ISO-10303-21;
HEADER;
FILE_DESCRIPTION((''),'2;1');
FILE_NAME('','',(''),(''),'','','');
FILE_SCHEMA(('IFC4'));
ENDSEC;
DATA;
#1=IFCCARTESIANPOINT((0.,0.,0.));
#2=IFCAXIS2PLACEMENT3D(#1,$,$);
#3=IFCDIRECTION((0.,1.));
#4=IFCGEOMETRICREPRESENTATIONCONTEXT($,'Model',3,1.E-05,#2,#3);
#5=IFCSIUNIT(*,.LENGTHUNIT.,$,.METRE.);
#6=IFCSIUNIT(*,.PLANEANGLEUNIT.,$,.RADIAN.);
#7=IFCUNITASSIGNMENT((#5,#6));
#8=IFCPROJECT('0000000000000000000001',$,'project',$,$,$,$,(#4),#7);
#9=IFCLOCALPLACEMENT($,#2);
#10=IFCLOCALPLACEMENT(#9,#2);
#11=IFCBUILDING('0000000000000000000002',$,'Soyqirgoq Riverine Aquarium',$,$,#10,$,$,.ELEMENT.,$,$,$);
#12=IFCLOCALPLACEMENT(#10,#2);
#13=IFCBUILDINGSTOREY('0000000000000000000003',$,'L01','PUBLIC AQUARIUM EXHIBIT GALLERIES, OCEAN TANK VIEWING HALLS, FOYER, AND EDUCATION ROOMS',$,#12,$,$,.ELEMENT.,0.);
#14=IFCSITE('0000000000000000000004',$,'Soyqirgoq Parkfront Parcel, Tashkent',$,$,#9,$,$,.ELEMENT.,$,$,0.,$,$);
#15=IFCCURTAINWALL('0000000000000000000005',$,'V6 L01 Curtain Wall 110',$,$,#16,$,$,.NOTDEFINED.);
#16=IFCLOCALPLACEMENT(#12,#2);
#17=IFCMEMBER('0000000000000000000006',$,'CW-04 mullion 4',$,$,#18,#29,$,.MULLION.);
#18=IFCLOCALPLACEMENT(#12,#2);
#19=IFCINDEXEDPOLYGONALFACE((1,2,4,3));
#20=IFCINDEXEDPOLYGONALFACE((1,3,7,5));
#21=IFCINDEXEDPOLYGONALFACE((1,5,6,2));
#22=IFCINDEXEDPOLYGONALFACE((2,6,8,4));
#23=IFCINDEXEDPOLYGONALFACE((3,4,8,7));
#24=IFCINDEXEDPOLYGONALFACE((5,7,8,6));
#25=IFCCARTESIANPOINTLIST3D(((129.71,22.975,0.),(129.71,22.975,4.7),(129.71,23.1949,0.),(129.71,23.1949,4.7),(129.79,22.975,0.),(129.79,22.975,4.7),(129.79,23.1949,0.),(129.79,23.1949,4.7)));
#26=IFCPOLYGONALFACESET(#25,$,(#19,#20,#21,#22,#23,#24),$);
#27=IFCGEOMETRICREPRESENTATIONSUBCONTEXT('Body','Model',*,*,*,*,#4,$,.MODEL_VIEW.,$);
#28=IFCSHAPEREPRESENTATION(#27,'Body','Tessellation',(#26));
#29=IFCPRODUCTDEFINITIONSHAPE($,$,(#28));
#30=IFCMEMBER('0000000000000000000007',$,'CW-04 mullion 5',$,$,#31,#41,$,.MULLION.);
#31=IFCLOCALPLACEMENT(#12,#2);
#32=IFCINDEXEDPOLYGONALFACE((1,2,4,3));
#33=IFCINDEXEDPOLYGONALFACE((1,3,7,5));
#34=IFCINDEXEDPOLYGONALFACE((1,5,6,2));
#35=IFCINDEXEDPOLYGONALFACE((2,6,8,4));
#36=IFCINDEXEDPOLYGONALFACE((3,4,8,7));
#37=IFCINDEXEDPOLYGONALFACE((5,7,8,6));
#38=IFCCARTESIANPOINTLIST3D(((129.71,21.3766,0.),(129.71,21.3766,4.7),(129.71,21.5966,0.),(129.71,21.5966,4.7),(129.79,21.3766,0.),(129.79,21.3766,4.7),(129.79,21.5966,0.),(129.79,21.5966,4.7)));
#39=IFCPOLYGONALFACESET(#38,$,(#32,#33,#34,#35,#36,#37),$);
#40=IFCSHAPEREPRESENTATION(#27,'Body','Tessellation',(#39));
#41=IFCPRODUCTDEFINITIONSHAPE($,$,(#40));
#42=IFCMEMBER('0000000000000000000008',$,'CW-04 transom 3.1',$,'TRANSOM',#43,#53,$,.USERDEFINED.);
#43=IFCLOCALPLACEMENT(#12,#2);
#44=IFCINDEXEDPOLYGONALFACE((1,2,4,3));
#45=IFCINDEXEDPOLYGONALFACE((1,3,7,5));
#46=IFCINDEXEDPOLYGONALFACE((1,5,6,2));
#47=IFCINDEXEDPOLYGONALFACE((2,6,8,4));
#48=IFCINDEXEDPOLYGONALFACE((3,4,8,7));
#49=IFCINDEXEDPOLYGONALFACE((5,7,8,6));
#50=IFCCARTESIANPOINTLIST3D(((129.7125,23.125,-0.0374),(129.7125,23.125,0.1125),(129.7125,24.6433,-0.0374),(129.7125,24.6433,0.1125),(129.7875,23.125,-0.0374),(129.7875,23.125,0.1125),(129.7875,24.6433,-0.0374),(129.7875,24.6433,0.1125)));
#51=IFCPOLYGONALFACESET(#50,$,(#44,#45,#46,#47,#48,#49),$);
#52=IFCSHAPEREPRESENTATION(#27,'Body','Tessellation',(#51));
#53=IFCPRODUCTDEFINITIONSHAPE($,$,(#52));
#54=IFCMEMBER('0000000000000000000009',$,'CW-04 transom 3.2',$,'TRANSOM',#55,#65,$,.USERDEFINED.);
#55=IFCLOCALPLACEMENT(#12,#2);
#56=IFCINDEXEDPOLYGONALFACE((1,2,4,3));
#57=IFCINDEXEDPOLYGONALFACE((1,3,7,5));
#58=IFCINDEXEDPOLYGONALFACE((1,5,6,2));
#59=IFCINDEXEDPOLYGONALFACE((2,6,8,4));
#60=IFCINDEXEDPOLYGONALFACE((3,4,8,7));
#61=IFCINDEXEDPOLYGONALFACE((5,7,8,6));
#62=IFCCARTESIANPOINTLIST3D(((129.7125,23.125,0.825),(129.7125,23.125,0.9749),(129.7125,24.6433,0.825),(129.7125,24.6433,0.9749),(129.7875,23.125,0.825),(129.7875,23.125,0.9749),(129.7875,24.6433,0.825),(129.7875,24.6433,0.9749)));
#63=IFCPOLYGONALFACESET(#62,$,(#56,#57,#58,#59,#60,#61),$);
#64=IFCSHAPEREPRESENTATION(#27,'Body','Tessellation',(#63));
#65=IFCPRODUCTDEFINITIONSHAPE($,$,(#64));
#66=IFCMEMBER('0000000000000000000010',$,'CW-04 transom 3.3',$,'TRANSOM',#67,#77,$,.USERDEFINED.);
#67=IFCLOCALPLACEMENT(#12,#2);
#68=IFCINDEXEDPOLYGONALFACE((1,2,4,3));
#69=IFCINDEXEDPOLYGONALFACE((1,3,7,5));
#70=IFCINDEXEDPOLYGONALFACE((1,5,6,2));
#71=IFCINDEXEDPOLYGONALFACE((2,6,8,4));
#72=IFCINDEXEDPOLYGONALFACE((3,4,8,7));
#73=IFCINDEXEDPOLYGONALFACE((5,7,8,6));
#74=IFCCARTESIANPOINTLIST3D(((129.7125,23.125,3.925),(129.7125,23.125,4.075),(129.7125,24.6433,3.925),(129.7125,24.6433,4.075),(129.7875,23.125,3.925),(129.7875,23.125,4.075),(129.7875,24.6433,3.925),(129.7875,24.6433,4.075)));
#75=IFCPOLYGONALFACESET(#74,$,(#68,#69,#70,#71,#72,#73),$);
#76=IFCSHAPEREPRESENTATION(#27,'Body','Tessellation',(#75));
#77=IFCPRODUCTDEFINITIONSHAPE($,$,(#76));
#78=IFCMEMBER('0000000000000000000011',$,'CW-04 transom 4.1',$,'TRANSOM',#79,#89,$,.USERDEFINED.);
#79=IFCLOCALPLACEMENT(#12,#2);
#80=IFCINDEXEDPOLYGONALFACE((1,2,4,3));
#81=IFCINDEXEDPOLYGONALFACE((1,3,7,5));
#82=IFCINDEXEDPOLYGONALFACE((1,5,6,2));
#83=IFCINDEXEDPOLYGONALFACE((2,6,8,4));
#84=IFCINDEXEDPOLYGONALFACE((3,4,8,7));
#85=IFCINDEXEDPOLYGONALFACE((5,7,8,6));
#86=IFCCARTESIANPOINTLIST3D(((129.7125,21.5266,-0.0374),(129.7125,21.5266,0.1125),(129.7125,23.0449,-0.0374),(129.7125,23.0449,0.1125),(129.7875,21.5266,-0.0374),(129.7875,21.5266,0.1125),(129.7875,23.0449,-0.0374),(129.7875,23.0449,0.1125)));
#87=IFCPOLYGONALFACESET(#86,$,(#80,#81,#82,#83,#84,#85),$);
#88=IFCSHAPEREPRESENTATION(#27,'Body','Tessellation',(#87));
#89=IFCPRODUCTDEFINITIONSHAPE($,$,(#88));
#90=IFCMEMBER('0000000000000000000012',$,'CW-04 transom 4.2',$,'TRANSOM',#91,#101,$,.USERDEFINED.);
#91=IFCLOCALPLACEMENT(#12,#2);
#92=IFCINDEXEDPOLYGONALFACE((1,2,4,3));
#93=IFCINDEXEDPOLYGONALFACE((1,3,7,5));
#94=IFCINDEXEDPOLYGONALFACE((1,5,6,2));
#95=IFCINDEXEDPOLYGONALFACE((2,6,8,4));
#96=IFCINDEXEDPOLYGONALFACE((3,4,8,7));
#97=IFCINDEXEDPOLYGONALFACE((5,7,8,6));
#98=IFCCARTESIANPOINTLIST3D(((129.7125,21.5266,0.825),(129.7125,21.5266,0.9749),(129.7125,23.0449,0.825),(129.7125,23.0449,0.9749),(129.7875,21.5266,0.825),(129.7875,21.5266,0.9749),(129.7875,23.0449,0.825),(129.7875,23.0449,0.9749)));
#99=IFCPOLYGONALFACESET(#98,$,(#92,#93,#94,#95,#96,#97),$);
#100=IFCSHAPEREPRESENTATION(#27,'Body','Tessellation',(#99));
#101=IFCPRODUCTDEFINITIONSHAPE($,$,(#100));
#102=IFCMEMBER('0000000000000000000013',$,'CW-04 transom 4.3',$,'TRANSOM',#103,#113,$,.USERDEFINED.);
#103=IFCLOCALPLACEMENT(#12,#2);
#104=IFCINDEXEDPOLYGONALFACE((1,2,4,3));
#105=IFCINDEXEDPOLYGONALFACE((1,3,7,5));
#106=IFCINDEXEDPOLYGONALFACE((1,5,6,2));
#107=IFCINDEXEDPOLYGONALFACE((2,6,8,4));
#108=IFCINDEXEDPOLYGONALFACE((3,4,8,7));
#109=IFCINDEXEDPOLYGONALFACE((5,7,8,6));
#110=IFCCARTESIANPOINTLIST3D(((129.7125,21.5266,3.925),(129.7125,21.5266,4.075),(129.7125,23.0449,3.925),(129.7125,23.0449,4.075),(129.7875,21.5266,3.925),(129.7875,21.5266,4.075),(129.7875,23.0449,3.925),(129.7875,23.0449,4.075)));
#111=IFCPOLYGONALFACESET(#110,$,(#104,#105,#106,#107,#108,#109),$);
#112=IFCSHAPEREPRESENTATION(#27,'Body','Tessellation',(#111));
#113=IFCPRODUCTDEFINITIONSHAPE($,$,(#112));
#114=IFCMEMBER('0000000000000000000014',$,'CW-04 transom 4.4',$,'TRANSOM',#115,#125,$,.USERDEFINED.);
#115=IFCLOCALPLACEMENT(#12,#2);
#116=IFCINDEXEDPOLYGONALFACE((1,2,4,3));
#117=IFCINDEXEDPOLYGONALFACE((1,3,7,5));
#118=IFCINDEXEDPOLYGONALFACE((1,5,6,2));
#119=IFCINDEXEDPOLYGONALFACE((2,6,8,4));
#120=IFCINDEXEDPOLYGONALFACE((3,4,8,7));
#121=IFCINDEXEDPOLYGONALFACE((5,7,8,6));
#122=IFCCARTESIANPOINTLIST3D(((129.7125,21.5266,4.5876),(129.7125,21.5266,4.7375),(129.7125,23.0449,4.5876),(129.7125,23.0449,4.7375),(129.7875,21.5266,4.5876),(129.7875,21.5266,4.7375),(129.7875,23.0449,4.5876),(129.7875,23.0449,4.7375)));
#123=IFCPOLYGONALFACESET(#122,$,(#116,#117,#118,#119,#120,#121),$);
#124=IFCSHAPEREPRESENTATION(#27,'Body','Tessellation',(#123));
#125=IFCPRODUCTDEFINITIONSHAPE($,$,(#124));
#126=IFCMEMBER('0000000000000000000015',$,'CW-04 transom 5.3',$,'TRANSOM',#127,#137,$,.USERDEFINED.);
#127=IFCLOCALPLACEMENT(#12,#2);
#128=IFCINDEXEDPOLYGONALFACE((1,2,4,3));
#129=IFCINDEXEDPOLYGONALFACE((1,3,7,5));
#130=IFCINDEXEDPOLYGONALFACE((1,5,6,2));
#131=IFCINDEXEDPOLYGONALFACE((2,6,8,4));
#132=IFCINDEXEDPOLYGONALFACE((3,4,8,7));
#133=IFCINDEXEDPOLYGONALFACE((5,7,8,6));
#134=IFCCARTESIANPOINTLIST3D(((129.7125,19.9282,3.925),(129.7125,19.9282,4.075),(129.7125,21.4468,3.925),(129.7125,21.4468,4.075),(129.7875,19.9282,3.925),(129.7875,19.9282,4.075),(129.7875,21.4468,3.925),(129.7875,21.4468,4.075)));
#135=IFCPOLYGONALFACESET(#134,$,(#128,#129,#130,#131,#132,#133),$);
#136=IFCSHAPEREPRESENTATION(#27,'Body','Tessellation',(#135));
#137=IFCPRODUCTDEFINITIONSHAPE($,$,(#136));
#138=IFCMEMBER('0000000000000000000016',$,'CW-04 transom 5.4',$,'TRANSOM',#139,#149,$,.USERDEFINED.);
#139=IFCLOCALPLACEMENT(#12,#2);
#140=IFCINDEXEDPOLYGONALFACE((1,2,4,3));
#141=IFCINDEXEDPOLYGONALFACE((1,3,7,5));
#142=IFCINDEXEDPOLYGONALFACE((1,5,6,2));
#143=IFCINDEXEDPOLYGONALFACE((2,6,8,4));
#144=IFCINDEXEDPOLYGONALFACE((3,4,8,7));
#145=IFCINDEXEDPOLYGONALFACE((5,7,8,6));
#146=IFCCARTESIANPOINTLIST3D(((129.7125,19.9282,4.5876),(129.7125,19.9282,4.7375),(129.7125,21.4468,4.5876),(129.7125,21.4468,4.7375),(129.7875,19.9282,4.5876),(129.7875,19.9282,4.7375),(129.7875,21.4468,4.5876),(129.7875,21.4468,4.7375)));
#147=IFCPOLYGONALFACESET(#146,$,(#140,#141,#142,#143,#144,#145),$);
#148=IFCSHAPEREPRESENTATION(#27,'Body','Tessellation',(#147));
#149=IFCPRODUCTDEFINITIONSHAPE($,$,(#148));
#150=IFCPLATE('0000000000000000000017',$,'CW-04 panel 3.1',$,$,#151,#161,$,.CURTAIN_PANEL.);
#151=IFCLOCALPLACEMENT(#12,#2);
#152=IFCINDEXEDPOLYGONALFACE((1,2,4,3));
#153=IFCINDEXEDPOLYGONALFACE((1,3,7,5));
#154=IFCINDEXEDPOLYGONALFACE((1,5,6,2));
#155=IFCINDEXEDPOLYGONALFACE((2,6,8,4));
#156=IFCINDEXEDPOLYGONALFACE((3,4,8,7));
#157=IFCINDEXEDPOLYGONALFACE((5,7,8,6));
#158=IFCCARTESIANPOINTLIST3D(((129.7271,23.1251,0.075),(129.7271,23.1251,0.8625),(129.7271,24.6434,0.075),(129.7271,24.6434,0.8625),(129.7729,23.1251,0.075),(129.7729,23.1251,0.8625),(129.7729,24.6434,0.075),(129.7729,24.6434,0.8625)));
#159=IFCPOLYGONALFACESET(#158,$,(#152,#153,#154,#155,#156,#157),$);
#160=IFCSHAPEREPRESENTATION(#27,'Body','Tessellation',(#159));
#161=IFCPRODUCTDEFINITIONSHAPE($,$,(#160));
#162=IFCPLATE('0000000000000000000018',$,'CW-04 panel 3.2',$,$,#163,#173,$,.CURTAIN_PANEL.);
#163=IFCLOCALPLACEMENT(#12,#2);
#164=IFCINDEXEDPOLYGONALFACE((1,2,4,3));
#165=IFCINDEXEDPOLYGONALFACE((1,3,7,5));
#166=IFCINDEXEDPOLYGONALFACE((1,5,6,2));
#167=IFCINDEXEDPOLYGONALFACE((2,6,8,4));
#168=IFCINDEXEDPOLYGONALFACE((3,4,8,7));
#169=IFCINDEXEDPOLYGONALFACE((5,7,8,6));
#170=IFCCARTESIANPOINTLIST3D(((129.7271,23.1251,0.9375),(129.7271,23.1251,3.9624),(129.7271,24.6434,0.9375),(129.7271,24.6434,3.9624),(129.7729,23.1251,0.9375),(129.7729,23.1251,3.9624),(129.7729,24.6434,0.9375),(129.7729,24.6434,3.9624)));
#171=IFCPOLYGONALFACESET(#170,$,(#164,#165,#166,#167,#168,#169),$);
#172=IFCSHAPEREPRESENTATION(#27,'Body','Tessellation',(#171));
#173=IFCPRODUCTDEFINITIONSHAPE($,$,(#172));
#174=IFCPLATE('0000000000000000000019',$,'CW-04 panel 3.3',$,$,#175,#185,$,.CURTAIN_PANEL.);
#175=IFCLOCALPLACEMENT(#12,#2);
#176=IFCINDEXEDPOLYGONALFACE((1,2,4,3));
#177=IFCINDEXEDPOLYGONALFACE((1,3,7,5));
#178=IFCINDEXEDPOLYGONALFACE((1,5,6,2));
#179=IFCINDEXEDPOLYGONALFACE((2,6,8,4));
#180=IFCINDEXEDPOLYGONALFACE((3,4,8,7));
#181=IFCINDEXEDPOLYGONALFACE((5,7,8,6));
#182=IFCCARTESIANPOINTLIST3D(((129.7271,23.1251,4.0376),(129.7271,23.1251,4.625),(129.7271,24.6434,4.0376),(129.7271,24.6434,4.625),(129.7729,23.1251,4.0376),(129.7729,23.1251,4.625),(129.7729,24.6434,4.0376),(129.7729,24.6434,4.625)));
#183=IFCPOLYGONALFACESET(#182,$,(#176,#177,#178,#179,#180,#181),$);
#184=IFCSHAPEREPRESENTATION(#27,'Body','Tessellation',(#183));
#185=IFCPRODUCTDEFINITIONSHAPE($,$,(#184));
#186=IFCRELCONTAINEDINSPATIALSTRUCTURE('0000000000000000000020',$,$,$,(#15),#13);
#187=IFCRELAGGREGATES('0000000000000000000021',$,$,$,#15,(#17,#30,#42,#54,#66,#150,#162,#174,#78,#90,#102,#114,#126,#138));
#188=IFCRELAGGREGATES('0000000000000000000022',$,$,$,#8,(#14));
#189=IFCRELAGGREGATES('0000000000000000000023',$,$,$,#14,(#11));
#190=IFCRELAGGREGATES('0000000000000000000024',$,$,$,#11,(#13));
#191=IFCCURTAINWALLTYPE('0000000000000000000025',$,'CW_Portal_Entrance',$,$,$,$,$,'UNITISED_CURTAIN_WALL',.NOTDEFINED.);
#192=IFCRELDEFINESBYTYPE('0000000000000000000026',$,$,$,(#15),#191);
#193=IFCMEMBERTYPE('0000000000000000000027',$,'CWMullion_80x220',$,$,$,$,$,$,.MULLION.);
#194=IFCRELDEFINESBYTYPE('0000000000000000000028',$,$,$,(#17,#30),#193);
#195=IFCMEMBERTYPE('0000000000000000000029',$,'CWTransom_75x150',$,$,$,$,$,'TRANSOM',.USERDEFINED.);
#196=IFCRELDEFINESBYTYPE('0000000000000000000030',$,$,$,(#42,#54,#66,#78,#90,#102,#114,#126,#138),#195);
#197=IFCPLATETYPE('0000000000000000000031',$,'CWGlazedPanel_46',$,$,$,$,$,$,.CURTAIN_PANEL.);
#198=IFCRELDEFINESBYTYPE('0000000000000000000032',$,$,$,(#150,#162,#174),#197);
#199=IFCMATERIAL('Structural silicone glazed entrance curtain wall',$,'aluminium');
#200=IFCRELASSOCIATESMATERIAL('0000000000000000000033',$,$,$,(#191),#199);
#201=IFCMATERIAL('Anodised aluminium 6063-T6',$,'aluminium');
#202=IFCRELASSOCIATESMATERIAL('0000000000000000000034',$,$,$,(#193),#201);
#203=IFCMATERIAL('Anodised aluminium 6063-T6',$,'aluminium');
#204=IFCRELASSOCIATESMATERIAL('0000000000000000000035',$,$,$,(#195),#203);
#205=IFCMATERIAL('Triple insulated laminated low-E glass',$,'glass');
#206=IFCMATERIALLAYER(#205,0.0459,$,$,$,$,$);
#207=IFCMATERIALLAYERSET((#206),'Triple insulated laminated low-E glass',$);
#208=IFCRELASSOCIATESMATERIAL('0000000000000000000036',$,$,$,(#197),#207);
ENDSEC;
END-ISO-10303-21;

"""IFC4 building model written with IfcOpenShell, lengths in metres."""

from ifc_helpers import new_model, si_unit, direction, frame, origin, origin_2d, place, context, subcontext, project, spatial, rectangle, extrude, material, layer, layer_set, material_profile, profile_set, type_object, element, aggregate, save


model = new_model("IFC4")

# Units and contexts
model_context = context("Model", 3, precision=1e-05, world=origin(), true_north=direction((0.0, 1.0)))
body_context = subcontext(model_context, "Body", "Model", "MODEL_VIEW")
ifc_project = project(units=[si_unit("LENGTHUNIT", "METRE"), si_unit("PLANEANGLEUNIT", "RADIAN")], contexts=[model_context])

# Site, building, storey
site_placement = place(None, origin())
site = spatial("IfcSite", under=ifc_project, at=site_placement, Name="Soyqirgoq Parkfront Parcel, Tashkent", CompositionType="ELEMENT", RefElevation=0.0)
building_placement = place(site_placement, origin())
building = spatial("IfcBuilding", under=site, at=building_placement, Name="Soyqirgoq Riverine Aquarium", CompositionType="ELEMENT")
storey_placement = place(building_placement, origin())
storey = spatial("IfcBuildingStorey", under=building, at=storey_placement, Name="L01", Description="PUBLIC AQUARIUM EXHIBIT GALLERIES, OCEAN TANK VIEWING HALLS, FOYER, AND EDUCATION ROOMS", CompositionType="ELEMENT", Elevation=0.0)

# Curtain wall, members, plates
ifc_material_1 = material(Name="Structural silicone glazed entrance curtain wall", Category="aluminium")
curtain_wall_type = type_object("IfcCurtainWallType", Name="CW_Portal_Entrance", ElementType="UNITISED_CURTAIN_WALL", PredefinedType="NOTDEFINED", material=ifc_material_1)
curtain_wall_placement = place(storey_placement, origin())
curtain_wall = element("IfcCurtainWall", 1, at=curtain_wall_placement, inside=storey, type_object=curtain_wall_type, Name="V6 L01 Curtain Wall 110", PredefinedType="NOTDEFINED")
ifc_material_2 = material(Name="Anodised aluminium 6063-T6", Category="aluminium")
ifc_material_profile_1 = material_profile(ifc_material_2, rectangle(XDim=0.0801, YDim=0.22, at=origin_2d()), Name="ALU-M 80x220")
ifc_profile_set_1 = profile_set([ifc_material_profile_1], Name="Anodised aluminium 6063-T6")
member_type_1 = type_object("IfcMemberType", Name="CWMullion_80x220", PredefinedType="MULLION", material=ifc_profile_set_1)
member_1_placement = place(storey_placement, frame((129.75, 23.085, 0.0), z_axis=(0.0, 0.0, 1.0), x_axis=(1.0, 0.0, 0.0)))
member_1 = element("IfcMember", 2, at=member_1_placement, type_object=member_type_1, Name="CW-04 mullion 4", PredefinedType="MULLION", context=body_context, shape_type="SweptSolid", body=[
    extrude(rectangle(XDim=0.0801, YDim=0.22, at=origin_2d()), origin(), (0.0, 0.0, 1.0), 4.7),
])
member_2_placement = place(storey_placement, frame((129.75, 21.4866, 0.0), z_axis=(0.0, 0.0, 1.0), x_axis=(1.0, 0.0, 0.0)))
member_2 = element("IfcMember", 3, at=member_2_placement, type_object=member_type_1, Name="CW-04 mullion 5", PredefinedType="MULLION", context=body_context, shape_type="SweptSolid", body=[
    extrude(rectangle(XDim=0.0801, YDim=0.22, at=origin_2d()), origin(), (0.0, 0.0, 1.0), 4.7),
])
ifc_material_3 = material(Name="Anodised aluminium 6063-T6", Category="aluminium")
ifc_material_profile_2 = material_profile(ifc_material_3, rectangle(XDim=0.075, YDim=0.1499, at=origin_2d()), Name="ALU-T 75x150")
ifc_profile_set_2 = profile_set([ifc_material_profile_2], Name="Anodised aluminium 6063-T6")
member_type_2 = type_object("IfcMemberType", Name="CWTransom_75x150", ElementType="TRANSOM", PredefinedType="USERDEFINED", material=ifc_profile_set_2)
member_3_placement = place(storey_placement, frame((129.75, 24.6433, 0.0376), z_axis=(0.0, -1.0, 0.0), x_axis=(1.0, 0.0, 0.0)))
member_3 = element("IfcMember", 4, at=member_3_placement, type_object=member_type_2, Name="CW-04 transom 3.1", ObjectType="TRANSOM", PredefinedType="USERDEFINED", context=body_context, shape_type="SweptSolid", body=[
    extrude(rectangle(XDim=0.075, YDim=0.1499, at=origin_2d()), origin(), (0.0, 0.0, 1.0), 1.5183),
])
member_4_placement = place(storey_placement, frame((129.75, 24.6433, 0.8999), z_axis=(0.0, -1.0, 0.0), x_axis=(1.0, 0.0, 0.0)))
member_4 = element("IfcMember", 5, at=member_4_placement, type_object=member_type_2, Name="CW-04 transom 3.2", ObjectType="TRANSOM", PredefinedType="USERDEFINED", context=body_context, shape_type="SweptSolid", body=[
    extrude(rectangle(XDim=0.075, YDim=0.1499, at=origin_2d()), origin(), (0.0, 0.0, 1.0), 1.5183),
])
member_5_placement = place(storey_placement, frame((129.75, 24.6433, 4.0), z_axis=(0.0, -1.0, 0.0), x_axis=(1.0, 0.0, 0.0)))
member_5 = element("IfcMember", 6, at=member_5_placement, type_object=member_type_2, Name="CW-04 transom 3.3", ObjectType="TRANSOM", PredefinedType="USERDEFINED", context=body_context, shape_type="SweptSolid", body=[
    extrude(rectangle(XDim=0.075, YDim=0.1499, at=origin_2d()), origin(), (0.0, 0.0, 1.0), 1.5183),
])
member_6_placement = place(storey_placement, frame((129.75, 23.0449, 0.0376), z_axis=(0.0, -1.0, 0.0), x_axis=(1.0, 0.0, 0.0)))
member_6 = element("IfcMember", 7, at=member_6_placement, type_object=member_type_2, Name="CW-04 transom 4.1", ObjectType="TRANSOM", PredefinedType="USERDEFINED", context=body_context, shape_type="SweptSolid", body=[
    extrude(rectangle(XDim=0.075, YDim=0.1499, at=origin_2d()), origin(), (0.0, 0.0, 1.0), 1.5183),
])
member_7_placement = place(storey_placement, frame((129.75, 23.0449, 0.8999), z_axis=(0.0, -1.0, 0.0), x_axis=(1.0, 0.0, 0.0)))
member_7 = element("IfcMember", 8, at=member_7_placement, type_object=member_type_2, Name="CW-04 transom 4.2", ObjectType="TRANSOM", PredefinedType="USERDEFINED", context=body_context, shape_type="SweptSolid", body=[
    extrude(rectangle(XDim=0.075, YDim=0.1499, at=origin_2d()), origin(), (0.0, 0.0, 1.0), 1.5183),
])
member_8_placement = place(storey_placement, frame((129.75, 23.0449, 4.0), z_axis=(0.0, -1.0, 0.0), x_axis=(1.0, 0.0, 0.0)))
member_8 = element("IfcMember", 9, at=member_8_placement, type_object=member_type_2, Name="CW-04 transom 4.3", ObjectType="TRANSOM", PredefinedType="USERDEFINED", context=body_context, shape_type="SweptSolid", body=[
    extrude(rectangle(XDim=0.075, YDim=0.1499, at=origin_2d()), origin(), (0.0, 0.0, 1.0), 1.5183),
])
member_9_placement = place(storey_placement, frame((129.75, 23.0449, 4.6626), z_axis=(0.0, -1.0, 0.0), x_axis=(1.0, 0.0, 0.0)))
member_9 = element("IfcMember", 10, at=member_9_placement, type_object=member_type_2, Name="CW-04 transom 4.4", ObjectType="TRANSOM", PredefinedType="USERDEFINED", context=body_context, shape_type="SweptSolid", body=[
    extrude(rectangle(XDim=0.075, YDim=0.1499, at=origin_2d()), origin(), (0.0, 0.0, 1.0), 1.5183),
])
member_10_placement = place(storey_placement, frame((129.75, 21.4468, 4.0), z_axis=(0.0, -1.0, 0.0), x_axis=(1.0, 0.0, 0.0)))
member_10 = element("IfcMember", 11, at=member_10_placement, type_object=member_type_2, Name="CW-04 transom 5.3", ObjectType="TRANSOM", PredefinedType="USERDEFINED", context=body_context, shape_type="SweptSolid", body=[
    extrude(rectangle(XDim=0.075, YDim=0.1499, at=origin_2d()), origin(), (0.0, 0.0, 1.0), 1.5186),
])
member_11_placement = place(storey_placement, frame((129.75, 21.4468, 4.6626), z_axis=(0.0, -1.0, 0.0), x_axis=(1.0, 0.0, 0.0)))
member_11 = element("IfcMember", 12, at=member_11_placement, type_object=member_type_2, Name="CW-04 transom 5.4", ObjectType="TRANSOM", PredefinedType="USERDEFINED", context=body_context, shape_type="SweptSolid", body=[
    extrude(rectangle(XDim=0.075, YDim=0.1499, at=origin_2d()), origin(), (0.0, 0.0, 1.0), 1.5186),
])
ifc_material_4 = material(Name="Triple insulated laminated low-E glass", Category="glass")
ifc_layer = layer(ifc_material_4, 0.0459)
ifc_layer_set = layer_set([ifc_layer], Name="Triple insulated laminated low-E glass")
plate_type = type_object("IfcPlateType", Name="CWGlazedPanel_46", PredefinedType="CURTAIN_PANEL", material=ifc_layer_set)
plate_1_placement = place(storey_placement, frame((129.75, 23.8843, 0.075), z_axis=(0.0, 0.0, 1.0), x_axis=(0.0, -1.0, 0.0)))
plate_1 = element("IfcPlate", 13, at=plate_1_placement, type_object=plate_type, Name="CW-04 panel 3.1", PredefinedType="CURTAIN_PANEL", context=body_context, shape_type="SweptSolid", body=[
    extrude(rectangle(XDim=1.5183, YDim=0.0459, at=origin_2d()), origin(), (0.0, 0.0, 1.0), 0.7876),
])
plate_2_placement = place(storey_placement, frame((129.75, 23.8843, 0.9375), z_axis=(0.0, 0.0, 1.0), x_axis=(0.0, -1.0, 0.0)))
plate_2 = element("IfcPlate", 14, at=plate_2_placement, type_object=plate_type, Name="CW-04 panel 3.2", PredefinedType="CURTAIN_PANEL", context=body_context, shape_type="SweptSolid", body=[
    extrude(rectangle(XDim=1.5183, YDim=0.0459, at=origin_2d()), origin(), (0.0, 0.0, 1.0), 3.0249),
])
plate_3_placement = place(storey_placement, frame((129.75, 23.8843, 4.0376), z_axis=(0.0, 0.0, 1.0), x_axis=(0.0, -1.0, 0.0)))
plate_3 = element("IfcPlate", 15, at=plate_3_placement, type_object=plate_type, Name="CW-04 panel 3.3", PredefinedType="CURTAIN_PANEL", context=body_context, shape_type="SweptSolid", body=[
    extrude(rectangle(XDim=1.5183, YDim=0.0459, at=origin_2d()), origin(), (0.0, 0.0, 1.0), 0.5874),
])
aggregate(curtain_wall, [member_1, member_2, member_3, member_4, member_5, plate_1, plate_2, plate_3, member_6, member_7, member_8, member_9, member_10, member_11])

save(model, "model.ifc")
